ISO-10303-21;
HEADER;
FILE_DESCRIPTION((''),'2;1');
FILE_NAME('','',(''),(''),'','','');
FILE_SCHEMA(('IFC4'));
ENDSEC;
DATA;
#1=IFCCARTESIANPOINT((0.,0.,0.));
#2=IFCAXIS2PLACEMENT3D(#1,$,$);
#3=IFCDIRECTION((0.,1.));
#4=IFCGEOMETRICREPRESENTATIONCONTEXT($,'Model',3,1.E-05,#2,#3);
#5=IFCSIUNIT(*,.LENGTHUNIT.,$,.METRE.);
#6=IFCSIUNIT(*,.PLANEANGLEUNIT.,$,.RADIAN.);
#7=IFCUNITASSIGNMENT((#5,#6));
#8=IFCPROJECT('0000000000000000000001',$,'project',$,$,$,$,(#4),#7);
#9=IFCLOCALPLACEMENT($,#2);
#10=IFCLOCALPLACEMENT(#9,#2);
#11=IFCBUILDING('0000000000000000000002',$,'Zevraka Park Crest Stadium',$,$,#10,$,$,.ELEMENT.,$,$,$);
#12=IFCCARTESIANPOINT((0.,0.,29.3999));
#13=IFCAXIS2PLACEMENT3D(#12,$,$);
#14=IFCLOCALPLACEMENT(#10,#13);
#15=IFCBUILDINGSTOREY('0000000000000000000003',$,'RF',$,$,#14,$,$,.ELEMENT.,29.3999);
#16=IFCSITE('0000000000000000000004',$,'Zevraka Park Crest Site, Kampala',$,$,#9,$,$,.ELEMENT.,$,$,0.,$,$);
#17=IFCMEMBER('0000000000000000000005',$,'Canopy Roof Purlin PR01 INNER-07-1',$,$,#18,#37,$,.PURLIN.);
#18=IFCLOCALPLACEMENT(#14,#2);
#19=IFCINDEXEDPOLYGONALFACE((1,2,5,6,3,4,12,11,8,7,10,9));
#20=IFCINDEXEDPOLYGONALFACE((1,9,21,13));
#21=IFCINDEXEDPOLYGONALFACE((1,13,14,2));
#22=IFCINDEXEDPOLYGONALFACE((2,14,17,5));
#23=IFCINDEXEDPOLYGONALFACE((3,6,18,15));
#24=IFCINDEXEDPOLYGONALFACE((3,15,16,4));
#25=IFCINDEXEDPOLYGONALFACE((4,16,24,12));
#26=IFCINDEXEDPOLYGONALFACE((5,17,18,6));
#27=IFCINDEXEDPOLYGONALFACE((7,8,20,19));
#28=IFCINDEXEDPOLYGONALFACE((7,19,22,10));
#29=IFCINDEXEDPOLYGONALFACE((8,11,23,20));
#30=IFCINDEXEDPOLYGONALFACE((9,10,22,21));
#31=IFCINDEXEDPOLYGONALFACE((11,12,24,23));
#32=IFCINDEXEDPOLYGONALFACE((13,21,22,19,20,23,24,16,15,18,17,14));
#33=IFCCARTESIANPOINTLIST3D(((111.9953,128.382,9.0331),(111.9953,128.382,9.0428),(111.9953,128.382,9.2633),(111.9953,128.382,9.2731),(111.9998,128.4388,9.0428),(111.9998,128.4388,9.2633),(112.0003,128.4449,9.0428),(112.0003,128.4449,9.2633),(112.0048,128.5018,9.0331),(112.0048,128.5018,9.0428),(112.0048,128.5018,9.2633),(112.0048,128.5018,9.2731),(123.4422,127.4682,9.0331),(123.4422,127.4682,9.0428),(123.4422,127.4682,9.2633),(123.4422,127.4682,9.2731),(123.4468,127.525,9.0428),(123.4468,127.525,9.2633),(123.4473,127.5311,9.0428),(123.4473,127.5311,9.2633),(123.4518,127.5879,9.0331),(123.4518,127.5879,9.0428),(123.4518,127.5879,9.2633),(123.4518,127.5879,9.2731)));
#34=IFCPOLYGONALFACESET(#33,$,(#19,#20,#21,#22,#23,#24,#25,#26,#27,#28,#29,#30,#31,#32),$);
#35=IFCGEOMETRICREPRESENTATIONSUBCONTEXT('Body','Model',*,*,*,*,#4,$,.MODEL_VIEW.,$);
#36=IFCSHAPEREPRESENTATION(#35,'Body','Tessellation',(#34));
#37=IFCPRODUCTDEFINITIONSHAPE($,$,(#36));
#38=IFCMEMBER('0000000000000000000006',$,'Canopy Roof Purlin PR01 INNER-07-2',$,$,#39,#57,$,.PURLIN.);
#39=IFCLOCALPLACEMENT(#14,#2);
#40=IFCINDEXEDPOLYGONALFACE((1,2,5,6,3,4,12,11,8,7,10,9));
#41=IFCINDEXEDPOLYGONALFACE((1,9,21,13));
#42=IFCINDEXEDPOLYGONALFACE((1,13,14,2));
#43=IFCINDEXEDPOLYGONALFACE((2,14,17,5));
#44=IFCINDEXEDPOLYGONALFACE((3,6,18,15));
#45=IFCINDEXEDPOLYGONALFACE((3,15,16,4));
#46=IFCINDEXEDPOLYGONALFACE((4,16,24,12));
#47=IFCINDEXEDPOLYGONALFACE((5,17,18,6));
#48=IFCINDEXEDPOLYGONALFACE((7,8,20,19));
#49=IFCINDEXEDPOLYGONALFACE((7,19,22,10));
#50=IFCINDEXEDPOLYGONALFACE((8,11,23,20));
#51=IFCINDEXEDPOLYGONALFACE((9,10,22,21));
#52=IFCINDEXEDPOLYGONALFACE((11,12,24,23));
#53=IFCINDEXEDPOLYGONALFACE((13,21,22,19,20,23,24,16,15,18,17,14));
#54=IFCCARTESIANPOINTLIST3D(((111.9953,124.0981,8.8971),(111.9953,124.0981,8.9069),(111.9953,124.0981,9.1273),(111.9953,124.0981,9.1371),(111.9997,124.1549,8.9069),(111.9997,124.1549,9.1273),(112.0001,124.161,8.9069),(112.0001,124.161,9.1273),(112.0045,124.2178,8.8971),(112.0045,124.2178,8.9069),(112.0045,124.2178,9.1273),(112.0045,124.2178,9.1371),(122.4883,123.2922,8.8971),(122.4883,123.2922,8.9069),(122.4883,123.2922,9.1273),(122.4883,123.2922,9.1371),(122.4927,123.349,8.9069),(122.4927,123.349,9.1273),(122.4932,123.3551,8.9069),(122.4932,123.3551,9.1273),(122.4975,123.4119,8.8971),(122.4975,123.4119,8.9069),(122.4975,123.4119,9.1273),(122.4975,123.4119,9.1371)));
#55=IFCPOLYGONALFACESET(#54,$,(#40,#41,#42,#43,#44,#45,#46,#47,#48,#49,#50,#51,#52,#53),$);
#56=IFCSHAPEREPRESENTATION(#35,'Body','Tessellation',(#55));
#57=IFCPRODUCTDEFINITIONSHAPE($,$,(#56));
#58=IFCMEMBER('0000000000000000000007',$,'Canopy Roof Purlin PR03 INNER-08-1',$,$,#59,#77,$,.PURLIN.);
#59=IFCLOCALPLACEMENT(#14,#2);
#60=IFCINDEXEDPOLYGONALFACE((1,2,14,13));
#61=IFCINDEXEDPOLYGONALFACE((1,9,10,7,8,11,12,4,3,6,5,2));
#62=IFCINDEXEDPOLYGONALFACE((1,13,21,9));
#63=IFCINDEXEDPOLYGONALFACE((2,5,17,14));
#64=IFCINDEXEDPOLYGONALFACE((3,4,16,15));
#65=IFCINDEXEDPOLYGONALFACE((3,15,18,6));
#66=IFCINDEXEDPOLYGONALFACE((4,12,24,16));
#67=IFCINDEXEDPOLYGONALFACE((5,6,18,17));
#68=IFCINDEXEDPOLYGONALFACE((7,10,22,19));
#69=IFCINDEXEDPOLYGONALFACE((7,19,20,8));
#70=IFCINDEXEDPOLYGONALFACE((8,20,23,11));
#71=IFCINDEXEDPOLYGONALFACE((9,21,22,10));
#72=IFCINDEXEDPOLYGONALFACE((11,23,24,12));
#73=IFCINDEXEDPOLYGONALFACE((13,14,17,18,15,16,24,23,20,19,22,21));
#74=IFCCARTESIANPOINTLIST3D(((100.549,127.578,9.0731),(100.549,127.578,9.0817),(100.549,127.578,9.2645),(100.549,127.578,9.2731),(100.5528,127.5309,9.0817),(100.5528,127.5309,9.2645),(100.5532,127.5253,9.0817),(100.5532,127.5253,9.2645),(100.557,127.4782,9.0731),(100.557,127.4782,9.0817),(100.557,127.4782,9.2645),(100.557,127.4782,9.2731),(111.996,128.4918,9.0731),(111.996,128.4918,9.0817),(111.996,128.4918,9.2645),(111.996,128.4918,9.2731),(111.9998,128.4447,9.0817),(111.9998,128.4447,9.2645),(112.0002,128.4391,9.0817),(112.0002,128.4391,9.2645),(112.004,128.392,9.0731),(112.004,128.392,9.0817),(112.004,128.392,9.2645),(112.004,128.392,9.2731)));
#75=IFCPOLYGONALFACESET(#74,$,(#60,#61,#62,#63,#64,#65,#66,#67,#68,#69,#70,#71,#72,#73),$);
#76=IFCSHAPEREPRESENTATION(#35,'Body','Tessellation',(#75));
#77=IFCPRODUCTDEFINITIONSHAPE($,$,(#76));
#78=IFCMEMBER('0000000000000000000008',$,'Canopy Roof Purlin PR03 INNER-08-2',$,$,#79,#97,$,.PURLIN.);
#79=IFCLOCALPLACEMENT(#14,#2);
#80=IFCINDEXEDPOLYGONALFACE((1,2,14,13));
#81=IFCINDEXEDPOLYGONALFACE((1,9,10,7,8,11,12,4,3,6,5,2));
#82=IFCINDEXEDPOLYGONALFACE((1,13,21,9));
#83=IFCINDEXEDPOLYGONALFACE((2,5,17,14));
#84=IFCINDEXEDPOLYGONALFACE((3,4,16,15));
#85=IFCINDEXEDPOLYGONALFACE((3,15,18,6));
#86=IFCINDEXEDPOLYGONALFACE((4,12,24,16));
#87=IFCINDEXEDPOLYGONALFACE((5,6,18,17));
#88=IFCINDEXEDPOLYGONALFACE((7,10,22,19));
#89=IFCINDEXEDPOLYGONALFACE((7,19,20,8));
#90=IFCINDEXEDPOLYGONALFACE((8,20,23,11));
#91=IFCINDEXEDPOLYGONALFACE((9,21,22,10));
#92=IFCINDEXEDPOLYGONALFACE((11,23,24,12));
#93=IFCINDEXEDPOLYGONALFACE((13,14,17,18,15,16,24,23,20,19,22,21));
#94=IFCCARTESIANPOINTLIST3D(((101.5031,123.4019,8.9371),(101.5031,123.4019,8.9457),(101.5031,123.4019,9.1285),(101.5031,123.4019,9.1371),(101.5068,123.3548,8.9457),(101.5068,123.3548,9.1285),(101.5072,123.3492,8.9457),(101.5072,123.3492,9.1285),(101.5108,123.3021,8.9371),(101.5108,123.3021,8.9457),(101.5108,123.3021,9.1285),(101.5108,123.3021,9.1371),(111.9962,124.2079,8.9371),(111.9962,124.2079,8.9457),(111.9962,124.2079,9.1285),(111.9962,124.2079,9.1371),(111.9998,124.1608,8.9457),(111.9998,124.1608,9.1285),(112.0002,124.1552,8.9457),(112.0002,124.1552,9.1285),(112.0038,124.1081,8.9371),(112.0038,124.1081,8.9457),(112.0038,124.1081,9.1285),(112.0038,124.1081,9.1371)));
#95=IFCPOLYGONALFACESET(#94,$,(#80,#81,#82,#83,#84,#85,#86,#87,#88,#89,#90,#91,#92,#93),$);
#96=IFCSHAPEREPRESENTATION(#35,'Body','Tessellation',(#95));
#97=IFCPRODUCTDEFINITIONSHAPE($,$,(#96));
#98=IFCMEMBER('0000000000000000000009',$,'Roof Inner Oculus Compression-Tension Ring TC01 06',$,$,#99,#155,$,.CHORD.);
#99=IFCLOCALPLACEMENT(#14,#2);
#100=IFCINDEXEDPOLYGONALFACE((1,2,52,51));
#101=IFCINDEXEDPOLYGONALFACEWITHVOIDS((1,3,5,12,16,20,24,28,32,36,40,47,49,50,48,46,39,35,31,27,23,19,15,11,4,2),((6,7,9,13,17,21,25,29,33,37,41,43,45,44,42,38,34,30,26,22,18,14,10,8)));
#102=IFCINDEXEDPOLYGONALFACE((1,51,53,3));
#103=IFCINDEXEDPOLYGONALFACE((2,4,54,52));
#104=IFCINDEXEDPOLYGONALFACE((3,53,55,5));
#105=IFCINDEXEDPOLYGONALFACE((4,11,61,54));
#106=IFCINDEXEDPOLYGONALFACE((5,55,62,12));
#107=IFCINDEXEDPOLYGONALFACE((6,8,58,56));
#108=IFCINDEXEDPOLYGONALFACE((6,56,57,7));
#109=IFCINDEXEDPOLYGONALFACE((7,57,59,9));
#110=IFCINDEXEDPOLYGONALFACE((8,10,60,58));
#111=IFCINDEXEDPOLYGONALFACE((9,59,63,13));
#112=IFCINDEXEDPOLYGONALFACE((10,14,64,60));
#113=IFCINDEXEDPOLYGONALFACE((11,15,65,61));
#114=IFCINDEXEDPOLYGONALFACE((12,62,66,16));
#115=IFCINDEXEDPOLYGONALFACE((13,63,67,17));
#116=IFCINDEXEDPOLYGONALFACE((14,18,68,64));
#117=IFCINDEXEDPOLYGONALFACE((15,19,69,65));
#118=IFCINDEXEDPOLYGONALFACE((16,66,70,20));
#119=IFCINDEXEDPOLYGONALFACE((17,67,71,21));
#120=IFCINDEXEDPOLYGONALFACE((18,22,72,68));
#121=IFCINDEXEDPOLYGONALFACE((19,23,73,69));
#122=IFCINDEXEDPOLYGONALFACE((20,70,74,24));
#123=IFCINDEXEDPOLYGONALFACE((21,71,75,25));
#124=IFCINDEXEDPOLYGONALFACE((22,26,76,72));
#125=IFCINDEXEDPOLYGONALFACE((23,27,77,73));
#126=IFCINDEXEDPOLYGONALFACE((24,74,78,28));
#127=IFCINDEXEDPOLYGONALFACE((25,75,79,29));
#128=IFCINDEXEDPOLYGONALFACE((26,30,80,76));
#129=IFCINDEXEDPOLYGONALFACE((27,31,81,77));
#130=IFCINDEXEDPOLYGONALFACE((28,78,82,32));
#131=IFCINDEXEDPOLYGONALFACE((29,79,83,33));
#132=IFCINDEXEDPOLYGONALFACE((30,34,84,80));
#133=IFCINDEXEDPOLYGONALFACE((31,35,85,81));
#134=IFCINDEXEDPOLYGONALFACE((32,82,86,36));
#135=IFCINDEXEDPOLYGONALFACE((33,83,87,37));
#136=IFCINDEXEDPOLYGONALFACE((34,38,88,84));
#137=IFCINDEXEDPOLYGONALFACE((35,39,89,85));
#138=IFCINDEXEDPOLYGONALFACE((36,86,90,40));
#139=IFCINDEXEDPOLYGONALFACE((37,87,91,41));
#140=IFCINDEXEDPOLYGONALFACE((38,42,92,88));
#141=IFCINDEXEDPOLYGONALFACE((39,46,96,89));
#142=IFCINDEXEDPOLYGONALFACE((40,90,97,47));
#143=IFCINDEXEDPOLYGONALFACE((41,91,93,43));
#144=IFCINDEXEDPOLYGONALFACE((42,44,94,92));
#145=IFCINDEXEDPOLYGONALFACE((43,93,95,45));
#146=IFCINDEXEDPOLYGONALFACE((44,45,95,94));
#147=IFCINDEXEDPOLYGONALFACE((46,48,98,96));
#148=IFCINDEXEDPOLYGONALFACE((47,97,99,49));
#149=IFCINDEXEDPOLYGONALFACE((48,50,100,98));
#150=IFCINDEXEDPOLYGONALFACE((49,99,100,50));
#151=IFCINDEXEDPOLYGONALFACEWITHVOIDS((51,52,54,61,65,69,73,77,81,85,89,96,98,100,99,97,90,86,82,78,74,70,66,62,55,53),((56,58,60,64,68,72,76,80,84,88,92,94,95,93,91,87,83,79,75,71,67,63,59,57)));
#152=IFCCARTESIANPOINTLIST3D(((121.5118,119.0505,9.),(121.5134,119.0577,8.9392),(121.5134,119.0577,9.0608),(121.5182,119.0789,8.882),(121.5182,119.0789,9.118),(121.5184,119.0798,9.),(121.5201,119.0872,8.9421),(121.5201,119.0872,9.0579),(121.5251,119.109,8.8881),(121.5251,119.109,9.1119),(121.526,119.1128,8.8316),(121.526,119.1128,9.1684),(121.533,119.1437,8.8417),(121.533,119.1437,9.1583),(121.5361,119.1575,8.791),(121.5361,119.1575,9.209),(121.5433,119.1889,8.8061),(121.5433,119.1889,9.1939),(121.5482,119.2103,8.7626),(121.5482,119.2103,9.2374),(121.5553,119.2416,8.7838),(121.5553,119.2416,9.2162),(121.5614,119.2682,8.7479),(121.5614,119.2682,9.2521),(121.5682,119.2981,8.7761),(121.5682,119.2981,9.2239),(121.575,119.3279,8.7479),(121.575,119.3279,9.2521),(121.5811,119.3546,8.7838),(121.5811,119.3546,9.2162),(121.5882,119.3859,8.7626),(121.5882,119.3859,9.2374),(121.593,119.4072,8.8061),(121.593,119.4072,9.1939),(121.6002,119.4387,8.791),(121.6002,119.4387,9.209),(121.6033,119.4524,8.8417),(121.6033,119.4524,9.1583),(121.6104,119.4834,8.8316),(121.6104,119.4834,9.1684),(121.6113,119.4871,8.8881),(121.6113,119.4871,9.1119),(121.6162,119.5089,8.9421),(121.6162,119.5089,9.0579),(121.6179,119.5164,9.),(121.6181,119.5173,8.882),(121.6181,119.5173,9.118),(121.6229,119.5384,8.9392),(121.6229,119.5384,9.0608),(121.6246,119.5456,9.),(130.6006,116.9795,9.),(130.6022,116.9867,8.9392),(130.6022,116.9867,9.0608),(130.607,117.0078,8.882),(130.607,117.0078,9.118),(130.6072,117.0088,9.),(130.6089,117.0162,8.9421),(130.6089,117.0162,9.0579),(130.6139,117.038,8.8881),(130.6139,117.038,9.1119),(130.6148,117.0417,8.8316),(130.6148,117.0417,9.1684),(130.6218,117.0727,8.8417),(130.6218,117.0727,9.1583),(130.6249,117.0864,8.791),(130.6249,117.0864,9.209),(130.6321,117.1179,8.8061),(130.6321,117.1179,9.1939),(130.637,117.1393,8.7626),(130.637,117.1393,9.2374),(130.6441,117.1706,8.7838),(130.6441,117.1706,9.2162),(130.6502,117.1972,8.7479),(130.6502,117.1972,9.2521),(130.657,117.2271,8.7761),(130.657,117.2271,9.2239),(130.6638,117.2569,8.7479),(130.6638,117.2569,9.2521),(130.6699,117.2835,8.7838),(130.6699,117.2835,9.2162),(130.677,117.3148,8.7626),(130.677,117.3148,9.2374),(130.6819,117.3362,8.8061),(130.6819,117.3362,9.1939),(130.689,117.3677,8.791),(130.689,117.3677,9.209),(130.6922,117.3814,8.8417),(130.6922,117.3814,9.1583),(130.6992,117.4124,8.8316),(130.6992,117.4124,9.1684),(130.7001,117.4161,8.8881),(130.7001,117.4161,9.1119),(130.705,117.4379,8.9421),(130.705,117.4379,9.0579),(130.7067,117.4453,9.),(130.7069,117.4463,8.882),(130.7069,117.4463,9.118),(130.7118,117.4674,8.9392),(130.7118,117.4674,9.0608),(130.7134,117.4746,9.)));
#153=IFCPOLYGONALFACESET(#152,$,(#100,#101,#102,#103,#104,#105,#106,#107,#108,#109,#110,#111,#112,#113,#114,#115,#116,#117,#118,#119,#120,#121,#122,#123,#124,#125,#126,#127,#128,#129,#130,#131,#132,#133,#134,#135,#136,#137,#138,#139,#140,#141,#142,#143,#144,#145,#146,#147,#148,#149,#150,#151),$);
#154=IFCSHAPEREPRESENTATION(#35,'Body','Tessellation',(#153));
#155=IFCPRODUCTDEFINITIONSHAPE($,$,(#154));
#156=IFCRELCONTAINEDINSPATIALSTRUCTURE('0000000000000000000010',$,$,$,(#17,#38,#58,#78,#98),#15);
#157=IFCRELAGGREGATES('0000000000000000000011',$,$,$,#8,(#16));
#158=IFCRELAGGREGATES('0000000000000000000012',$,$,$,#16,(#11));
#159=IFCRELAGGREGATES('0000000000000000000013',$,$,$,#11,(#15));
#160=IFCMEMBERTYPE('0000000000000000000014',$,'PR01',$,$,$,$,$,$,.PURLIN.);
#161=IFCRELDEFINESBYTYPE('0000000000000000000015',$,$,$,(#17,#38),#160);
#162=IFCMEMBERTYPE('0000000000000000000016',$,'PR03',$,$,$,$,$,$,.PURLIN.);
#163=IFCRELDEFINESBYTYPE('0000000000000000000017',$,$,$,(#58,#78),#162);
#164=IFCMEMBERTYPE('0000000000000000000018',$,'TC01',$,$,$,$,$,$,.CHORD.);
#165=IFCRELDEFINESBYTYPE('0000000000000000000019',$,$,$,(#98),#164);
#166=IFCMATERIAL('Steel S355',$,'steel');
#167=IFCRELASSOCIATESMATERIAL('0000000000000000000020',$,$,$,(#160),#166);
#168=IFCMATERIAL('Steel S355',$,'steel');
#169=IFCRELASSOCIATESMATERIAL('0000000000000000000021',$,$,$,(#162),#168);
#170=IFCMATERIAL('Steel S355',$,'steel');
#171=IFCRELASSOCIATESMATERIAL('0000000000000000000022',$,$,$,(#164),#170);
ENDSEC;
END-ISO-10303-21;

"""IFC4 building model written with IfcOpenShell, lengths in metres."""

from ifc_helpers import new_model, si_unit, direction, frame, origin, origin_2d, place, context, subcontext, project, spatial, hollow_circle, i_section, extrude, material, material_profile, profile_set, type_object, element, save


model = new_model("IFC4")

# Units and contexts
model_context = context("Model", 3, precision=1e-05, world=origin(), true_north=direction((0.0, 1.0)))
body_context = subcontext(model_context, "Body", "Model", "MODEL_VIEW")
ifc_project = project(units=[si_unit("LENGTHUNIT", "METRE"), si_unit("PLANEANGLEUNIT", "RADIAN")], contexts=[model_context])

# Site, building, storey
site_placement = place(None, origin())
site = spatial("IfcSite", under=ifc_project, at=site_placement, Name="Zevraka Park Crest Site, Kampala", CompositionType="ELEMENT", RefElevation=0.0)
building_placement = place(site_placement, origin())
building = spatial("IfcBuilding", under=site, at=building_placement, Name="Zevraka Park Crest Stadium", CompositionType="ELEMENT")
storey_placement = place(building_placement, frame((0.0, 0.0, 29.3999)))
storey = spatial("IfcBuildingStorey", under=building, at=storey_placement, Name="RF", CompositionType="ELEMENT", Elevation=29.3999)

# Members
ifc_material_1 = material(Name="Steel S355", Category="steel")
ifc_material_profile_1 = material_profile(ifc_material_1, i_section(OverallWidth=0.1201, OverallDepth=0.24, WebThickness=0.0061, FlangeThickness=0.0098, at=origin_2d()), Name="IPE 240")
ifc_profile_set_1 = profile_set([ifc_material_profile_1], Name="Steel S355")
member_type_1 = type_object("IfcMemberType", Name="PR01", PredefinedType="PURLIN", material=ifc_profile_set_1)
member_1_placement = place(storey_placement, frame((123.447, 127.5281, 9.1531), z_axis=(-0.996829, 0.079577, 0.0), x_axis=(-0.079577, -0.996829, 0.0)))
element("IfcMember", 1, at=member_1_placement, inside=storey, type_object=member_type_1, Name="Canopy Roof Purlin PR01 INNER-07-1", PredefinedType="PURLIN", context=body_context, shape_type="SweptSolid", body=[
    extrude(i_section(OverallWidth=0.1201, OverallDepth=0.24, WebThickness=0.0061, FlangeThickness=0.0098, at=origin_2d()), origin(), (0.0, 0.0, 1.0), 11.4834),
])
member_2_placement = place(storey_placement, frame((122.4929, 123.3521, 9.0171), z_axis=(-0.997063, 0.076579, 0.0), x_axis=(-0.076579, -0.997063, 0.0)))
element("IfcMember", 2, at=member_2_placement, inside=storey, type_object=member_type_1, Name="Canopy Roof Purlin PR01 INNER-07-2", PredefinedType="PURLIN", context=body_context, shape_type="SweptSolid", body=[
    extrude(i_section(OverallWidth=0.1201, OverallDepth=0.24, WebThickness=0.0061, FlangeThickness=0.0098, at=origin_2d()), origin(), (0.0, 0.0, 1.0), 10.5239),
])
ifc_material_2 = material(Name="Steel S355", Category="steel")
ifc_material_profile_2 = material_profile(ifc_material_2, i_section(OverallWidth=0.1001, OverallDepth=0.2, WebThickness=0.0056, FlangeThickness=0.0085, at=origin_2d()), Name="IPE 200")
ifc_profile_set_2 = profile_set([ifc_material_profile_2], Name="Steel S355")
member_type_2 = type_object("IfcMemberType", Name="PR03", PredefinedType="PURLIN", material=ifc_profile_set_2)
member_3_placement = place(storey_placement, frame((112.0, 128.4419, 9.1731), z_axis=(-0.996829, -0.079577, 0.0), x_axis=(0.079577, -0.996829, 0.0)))
element("IfcMember", 3, at=member_3_placement, inside=storey, type_object=member_type_2, Name="Canopy Roof Purlin PR03 INNER-08-1", PredefinedType="PURLIN", context=body_context, shape_type="SweptSolid", body=[
    extrude(i_section(OverallWidth=0.1001, OverallDepth=0.2, WebThickness=0.0056, FlangeThickness=0.0085, at=origin_2d()), origin(), (0.0, 0.0, 1.0), 11.4834),
])
member_4_placement = place(storey_placement, frame((112.0, 124.158, 9.0371), z_axis=(-0.997063, -0.076579, 0.0), x_axis=(0.076579, -0.997063, 0.0)))
element("IfcMember", 4, at=member_4_placement, inside=storey, type_object=member_type_2, Name="Canopy Roof Purlin PR03 INNER-08-2", PredefinedType="PURLIN", context=body_context, shape_type="SweptSolid", body=[
    extrude(i_section(OverallWidth=0.1001, OverallDepth=0.2, WebThickness=0.0056, FlangeThickness=0.0085, at=origin_2d()), origin(), (0.0, 0.0, 1.0), 10.5239),
])
ifc_material_3 = material(Name="Steel S355", Category="steel")
ifc_material_profile_3 = material_profile(ifc_material_3, hollow_circle(Radius=0.2539, WallThickness=0.03, at=origin_2d()), Name="CHS 508.0x30")
ifc_profile_set_3 = profile_set([ifc_material_profile_3], Name="Steel S355")
member_type_3 = type_object("IfcMemberType", Name="TC01", PredefinedType="CHORD", material=ifc_profile_set_3)
member_5_placement = place(storey_placement, frame((130.657, 117.2271, 9.0), z_axis=(-0.975008, 0.222171, 0.0), x_axis=(-0.222171, -0.975008, 0.0)))
element("IfcMember", 5, at=member_5_placement, inside=storey, type_object=member_type_3, Name="Roof Inner Oculus Compression-Tension Ring TC01 06", PredefinedType="CHORD", context=body_context, shape_type="SweptSolid", body=[
    extrude(hollow_circle(Radius=0.2539, WallThickness=0.03, at=origin_2d()), origin(), (0.0, 0.0, 1.0), 9.3218),
])

save(model, "model.ifc")
